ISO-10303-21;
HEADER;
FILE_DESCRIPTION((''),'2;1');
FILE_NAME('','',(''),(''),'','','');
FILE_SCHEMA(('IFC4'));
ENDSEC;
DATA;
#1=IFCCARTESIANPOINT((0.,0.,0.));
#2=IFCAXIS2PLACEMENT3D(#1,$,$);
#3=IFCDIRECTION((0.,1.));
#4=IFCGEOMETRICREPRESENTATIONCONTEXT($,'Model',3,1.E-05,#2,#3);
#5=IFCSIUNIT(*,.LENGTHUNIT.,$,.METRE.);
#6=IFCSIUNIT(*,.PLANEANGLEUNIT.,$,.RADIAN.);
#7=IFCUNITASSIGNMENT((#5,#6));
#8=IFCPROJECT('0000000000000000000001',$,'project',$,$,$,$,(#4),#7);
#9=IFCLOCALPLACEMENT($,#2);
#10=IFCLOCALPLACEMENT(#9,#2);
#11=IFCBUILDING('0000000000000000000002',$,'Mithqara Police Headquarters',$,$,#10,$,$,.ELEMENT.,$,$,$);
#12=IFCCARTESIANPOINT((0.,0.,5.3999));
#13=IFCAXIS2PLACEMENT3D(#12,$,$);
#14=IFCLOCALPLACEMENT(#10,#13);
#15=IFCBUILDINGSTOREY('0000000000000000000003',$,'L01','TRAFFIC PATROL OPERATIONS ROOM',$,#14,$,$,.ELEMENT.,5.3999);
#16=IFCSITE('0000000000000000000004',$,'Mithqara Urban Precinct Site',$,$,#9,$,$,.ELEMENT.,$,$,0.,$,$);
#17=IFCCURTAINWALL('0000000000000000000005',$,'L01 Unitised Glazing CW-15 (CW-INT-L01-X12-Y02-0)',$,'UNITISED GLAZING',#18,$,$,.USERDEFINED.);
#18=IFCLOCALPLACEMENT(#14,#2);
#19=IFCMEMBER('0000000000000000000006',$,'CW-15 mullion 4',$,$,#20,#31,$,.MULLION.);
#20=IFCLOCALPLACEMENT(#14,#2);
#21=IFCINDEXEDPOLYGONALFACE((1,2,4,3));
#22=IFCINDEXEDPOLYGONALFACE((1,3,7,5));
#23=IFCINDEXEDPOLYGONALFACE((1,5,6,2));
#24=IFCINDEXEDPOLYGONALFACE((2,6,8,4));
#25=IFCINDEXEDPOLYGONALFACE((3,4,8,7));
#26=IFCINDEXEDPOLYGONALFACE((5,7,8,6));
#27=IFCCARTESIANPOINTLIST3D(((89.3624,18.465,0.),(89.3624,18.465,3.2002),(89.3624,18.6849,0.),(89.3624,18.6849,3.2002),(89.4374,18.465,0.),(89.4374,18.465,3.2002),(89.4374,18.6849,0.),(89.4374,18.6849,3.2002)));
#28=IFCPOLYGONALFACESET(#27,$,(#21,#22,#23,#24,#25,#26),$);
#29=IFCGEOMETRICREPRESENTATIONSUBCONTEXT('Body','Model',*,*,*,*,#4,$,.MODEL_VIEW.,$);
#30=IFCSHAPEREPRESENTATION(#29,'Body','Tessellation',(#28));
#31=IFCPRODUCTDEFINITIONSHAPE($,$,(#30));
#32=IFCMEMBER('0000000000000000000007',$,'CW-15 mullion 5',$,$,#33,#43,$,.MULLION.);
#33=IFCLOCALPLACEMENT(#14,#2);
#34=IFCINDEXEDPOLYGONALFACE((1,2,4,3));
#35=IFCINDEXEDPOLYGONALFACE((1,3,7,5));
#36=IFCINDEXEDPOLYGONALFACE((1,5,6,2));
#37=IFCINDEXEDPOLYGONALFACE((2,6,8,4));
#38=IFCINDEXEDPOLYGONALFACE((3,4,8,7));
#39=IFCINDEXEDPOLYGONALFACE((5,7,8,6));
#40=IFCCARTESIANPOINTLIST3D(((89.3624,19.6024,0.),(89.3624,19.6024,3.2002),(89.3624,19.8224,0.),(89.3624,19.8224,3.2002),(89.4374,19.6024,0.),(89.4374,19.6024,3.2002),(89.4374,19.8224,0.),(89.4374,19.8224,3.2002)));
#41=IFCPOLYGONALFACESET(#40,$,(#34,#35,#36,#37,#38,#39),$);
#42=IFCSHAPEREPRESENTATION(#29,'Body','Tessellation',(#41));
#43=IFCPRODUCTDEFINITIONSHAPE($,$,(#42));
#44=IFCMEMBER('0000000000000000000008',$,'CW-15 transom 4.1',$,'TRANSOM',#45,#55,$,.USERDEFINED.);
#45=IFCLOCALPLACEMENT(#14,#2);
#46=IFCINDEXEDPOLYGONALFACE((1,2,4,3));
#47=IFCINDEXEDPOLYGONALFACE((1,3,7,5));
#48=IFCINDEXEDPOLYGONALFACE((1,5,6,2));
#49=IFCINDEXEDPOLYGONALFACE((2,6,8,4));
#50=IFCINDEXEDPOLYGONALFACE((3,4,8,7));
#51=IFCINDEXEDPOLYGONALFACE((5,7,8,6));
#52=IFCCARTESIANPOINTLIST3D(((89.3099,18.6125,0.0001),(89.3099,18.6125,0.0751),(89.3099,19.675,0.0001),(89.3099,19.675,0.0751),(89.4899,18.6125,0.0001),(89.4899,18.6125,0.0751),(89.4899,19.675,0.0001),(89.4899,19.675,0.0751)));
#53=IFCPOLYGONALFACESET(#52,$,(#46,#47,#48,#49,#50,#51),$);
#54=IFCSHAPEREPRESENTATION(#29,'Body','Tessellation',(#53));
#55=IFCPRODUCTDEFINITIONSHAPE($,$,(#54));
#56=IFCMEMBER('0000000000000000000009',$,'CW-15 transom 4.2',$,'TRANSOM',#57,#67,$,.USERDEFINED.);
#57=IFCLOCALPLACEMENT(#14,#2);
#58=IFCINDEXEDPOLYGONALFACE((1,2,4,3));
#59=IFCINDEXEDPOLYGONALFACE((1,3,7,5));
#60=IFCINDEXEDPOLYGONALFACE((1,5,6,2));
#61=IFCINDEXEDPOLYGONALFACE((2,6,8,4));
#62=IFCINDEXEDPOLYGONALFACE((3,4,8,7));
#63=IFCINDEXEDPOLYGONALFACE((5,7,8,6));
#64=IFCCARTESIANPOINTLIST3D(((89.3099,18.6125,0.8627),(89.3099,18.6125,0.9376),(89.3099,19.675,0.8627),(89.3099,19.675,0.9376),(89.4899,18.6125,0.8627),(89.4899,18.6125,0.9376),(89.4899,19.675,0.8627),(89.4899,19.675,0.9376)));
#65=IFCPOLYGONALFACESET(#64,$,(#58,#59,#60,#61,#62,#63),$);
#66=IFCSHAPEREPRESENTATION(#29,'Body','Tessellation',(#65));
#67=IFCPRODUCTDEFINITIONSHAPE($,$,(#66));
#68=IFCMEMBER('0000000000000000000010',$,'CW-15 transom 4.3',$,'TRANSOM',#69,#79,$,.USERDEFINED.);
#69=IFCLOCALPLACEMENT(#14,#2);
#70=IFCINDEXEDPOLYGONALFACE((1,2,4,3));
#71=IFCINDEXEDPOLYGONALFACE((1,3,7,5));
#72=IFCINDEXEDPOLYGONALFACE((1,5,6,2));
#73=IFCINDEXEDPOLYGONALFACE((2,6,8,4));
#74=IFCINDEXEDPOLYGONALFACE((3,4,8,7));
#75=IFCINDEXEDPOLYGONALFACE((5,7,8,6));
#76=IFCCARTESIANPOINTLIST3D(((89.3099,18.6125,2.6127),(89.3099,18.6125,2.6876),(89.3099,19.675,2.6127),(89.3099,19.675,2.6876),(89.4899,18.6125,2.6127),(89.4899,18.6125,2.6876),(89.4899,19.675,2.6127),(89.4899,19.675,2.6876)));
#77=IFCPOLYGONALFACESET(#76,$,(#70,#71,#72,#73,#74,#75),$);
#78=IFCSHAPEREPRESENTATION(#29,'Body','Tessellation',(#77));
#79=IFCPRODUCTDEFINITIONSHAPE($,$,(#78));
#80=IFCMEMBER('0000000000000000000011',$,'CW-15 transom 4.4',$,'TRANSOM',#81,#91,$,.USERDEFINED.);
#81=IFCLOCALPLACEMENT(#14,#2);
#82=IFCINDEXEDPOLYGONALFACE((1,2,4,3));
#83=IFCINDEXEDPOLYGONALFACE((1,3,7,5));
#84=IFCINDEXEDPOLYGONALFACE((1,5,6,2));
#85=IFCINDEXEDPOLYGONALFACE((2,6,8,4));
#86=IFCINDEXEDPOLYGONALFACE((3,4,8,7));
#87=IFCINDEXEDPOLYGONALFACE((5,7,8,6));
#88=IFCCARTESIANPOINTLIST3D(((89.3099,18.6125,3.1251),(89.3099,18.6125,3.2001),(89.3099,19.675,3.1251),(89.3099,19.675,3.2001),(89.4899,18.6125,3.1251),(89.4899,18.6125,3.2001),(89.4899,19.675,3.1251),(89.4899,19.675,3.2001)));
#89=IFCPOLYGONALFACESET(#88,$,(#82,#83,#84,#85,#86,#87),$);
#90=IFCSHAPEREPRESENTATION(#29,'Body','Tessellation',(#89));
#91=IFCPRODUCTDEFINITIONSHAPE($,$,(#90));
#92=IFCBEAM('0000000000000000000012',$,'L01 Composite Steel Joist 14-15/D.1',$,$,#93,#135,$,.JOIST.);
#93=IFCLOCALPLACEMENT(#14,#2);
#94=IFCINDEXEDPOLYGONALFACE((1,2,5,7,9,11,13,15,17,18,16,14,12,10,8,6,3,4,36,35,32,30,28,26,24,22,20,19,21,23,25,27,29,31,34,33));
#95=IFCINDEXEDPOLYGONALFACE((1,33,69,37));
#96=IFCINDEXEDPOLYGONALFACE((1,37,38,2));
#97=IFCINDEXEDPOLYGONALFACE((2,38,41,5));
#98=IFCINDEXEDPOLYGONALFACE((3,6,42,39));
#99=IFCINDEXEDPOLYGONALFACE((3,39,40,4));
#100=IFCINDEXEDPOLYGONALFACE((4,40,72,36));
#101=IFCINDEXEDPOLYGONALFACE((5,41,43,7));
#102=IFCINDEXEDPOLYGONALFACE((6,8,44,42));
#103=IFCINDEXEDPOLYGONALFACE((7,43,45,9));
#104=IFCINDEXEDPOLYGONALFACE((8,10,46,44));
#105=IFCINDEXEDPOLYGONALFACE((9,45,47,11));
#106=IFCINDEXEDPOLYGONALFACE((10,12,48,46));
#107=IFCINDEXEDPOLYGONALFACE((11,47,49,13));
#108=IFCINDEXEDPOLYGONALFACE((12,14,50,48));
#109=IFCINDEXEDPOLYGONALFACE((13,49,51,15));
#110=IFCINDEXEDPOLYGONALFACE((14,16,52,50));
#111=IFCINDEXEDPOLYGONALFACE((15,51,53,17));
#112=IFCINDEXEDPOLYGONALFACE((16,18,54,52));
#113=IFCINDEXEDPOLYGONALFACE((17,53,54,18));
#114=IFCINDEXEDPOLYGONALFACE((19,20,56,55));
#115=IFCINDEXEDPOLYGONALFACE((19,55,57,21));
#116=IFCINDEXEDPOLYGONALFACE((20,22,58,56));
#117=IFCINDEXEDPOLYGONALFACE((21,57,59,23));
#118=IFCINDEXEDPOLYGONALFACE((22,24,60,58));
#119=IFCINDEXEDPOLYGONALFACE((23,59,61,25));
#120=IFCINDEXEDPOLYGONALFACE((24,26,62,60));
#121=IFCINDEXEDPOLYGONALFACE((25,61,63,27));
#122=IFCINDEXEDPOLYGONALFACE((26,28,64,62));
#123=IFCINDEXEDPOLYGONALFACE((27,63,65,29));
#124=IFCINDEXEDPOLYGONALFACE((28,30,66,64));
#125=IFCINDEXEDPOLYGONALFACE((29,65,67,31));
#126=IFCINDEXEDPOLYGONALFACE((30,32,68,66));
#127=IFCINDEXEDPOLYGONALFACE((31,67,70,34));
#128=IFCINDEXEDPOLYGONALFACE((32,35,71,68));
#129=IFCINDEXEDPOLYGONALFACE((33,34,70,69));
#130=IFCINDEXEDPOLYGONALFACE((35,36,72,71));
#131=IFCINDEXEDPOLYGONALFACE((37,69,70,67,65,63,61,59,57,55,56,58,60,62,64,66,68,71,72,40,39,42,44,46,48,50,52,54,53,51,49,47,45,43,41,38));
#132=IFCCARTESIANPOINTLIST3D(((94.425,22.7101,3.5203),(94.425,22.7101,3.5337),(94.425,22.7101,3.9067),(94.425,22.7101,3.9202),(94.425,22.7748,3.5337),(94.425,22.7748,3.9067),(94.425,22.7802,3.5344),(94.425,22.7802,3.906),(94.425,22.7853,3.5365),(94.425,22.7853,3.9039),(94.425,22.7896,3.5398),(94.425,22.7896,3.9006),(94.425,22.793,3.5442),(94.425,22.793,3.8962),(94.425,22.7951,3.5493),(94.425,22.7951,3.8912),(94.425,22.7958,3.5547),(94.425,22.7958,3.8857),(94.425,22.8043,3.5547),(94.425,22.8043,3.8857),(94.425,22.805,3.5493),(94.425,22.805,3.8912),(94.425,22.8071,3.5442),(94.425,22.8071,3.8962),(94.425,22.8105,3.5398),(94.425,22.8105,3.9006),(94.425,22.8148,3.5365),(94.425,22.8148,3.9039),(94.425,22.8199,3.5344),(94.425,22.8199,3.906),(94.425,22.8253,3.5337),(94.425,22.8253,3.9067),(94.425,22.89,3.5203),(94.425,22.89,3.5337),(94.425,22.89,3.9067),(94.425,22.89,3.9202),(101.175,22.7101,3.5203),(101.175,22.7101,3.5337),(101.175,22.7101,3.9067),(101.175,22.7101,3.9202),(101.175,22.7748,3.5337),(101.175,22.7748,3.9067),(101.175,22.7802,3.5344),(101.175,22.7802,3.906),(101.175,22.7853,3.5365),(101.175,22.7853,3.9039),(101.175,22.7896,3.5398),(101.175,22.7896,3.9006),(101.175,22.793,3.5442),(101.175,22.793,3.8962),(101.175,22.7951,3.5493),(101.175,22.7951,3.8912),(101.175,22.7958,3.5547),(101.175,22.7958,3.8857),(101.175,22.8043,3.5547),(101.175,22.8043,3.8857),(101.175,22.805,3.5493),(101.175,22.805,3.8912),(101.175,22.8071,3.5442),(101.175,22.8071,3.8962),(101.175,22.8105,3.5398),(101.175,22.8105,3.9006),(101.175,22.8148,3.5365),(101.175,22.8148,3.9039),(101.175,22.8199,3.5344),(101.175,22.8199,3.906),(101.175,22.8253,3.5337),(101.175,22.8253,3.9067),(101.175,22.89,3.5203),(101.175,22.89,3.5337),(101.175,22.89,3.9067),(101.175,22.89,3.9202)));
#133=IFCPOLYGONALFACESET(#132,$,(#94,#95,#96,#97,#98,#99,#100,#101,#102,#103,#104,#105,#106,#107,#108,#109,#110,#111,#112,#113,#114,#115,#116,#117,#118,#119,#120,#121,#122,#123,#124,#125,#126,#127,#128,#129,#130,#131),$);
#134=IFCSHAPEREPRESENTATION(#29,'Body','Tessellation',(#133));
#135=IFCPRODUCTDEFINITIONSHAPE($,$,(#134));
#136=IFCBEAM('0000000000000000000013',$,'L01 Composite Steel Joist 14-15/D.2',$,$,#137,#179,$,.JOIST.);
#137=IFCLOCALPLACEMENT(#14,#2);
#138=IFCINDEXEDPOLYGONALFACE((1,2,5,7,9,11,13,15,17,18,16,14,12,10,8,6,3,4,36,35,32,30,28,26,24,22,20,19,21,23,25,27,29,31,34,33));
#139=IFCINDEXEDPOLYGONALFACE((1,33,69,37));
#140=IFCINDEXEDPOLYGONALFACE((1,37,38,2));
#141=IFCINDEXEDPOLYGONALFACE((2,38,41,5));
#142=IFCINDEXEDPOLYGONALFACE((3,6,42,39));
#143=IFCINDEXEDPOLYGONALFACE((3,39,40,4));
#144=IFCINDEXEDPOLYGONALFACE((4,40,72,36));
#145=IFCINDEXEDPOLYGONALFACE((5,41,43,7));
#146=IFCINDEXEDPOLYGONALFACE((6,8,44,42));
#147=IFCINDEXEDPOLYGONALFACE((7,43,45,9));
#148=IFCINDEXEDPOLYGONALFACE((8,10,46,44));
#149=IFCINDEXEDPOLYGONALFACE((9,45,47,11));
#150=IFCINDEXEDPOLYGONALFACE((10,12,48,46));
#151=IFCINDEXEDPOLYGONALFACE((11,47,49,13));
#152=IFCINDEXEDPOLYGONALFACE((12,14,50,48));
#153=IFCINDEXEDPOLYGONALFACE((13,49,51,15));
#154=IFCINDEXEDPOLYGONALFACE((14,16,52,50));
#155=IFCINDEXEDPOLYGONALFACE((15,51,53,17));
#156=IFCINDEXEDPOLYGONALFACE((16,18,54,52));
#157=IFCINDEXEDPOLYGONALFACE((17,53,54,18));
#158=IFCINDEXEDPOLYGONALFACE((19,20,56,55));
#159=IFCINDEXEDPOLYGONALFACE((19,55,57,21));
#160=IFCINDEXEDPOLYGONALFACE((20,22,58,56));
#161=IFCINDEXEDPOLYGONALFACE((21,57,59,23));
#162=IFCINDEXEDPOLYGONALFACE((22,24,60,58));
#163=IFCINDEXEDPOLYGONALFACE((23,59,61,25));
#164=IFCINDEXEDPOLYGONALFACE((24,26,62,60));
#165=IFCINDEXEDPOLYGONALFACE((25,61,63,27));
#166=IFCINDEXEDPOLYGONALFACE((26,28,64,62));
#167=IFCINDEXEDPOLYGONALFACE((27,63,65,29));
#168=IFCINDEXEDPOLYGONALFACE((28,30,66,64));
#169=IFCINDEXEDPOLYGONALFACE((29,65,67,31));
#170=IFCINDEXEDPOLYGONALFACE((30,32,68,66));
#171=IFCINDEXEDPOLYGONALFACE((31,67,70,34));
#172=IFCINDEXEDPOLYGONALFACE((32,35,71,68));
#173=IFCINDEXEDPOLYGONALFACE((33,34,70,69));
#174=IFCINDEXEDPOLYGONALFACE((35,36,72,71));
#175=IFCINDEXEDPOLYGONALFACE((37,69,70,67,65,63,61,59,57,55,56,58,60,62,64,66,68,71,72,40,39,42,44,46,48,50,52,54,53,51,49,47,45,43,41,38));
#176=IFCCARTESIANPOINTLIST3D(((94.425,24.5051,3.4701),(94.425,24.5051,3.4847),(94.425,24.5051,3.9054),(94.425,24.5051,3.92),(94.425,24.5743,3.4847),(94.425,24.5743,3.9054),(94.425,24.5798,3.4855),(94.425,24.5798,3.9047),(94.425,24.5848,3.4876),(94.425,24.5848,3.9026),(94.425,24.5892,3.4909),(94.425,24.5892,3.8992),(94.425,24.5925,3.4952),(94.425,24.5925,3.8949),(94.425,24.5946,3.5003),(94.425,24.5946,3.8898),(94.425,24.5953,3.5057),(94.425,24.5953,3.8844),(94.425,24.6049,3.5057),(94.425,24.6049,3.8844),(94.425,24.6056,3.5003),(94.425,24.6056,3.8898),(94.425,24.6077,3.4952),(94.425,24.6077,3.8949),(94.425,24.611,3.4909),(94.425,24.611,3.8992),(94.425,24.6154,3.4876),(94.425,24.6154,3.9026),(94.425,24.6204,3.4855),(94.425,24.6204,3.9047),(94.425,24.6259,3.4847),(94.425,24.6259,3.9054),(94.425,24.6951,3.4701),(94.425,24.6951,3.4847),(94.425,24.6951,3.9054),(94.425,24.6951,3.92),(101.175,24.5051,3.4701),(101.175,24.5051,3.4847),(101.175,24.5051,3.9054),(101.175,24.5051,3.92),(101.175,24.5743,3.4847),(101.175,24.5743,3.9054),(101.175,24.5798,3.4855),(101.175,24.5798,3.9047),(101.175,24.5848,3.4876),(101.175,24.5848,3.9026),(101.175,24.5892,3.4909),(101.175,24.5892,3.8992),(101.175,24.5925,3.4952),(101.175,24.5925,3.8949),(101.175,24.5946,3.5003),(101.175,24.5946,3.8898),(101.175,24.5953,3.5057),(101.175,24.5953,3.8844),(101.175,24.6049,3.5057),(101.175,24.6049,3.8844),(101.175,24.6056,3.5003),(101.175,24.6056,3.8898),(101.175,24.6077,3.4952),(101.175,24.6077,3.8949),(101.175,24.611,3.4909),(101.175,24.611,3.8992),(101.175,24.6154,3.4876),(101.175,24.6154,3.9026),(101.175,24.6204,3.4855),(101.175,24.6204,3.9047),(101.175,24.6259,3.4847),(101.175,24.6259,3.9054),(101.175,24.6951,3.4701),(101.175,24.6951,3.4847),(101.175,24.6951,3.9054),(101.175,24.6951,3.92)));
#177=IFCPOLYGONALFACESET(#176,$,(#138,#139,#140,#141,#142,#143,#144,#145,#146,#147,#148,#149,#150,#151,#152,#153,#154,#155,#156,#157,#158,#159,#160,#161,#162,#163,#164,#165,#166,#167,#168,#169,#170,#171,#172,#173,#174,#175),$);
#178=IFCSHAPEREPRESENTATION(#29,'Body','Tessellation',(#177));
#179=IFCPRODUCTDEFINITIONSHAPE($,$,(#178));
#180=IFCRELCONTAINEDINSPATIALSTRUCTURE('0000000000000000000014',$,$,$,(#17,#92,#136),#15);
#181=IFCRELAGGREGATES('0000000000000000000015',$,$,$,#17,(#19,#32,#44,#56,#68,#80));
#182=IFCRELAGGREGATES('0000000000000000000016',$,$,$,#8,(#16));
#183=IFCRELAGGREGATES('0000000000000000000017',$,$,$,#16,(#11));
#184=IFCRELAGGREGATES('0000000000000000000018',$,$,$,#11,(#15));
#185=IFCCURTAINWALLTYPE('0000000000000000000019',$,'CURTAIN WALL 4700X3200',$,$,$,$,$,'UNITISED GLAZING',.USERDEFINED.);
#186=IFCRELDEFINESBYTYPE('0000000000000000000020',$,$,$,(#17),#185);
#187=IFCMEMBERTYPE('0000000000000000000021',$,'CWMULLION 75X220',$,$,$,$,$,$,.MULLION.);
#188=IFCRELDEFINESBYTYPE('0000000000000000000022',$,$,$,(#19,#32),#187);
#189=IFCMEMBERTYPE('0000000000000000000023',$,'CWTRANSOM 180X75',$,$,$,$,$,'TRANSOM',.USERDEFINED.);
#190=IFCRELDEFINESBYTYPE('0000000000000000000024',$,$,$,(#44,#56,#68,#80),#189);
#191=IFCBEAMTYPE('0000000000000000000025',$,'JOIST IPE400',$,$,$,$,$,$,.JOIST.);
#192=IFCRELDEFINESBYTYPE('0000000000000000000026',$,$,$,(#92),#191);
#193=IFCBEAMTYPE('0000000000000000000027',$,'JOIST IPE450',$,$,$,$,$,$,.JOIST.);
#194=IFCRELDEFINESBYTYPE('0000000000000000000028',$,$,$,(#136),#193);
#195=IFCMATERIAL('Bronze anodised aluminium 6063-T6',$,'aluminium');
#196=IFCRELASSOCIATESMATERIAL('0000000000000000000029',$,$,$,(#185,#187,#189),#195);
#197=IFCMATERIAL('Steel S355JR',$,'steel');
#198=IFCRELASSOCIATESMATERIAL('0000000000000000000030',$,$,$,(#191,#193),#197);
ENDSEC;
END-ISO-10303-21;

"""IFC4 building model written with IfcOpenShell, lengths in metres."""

from ifc_helpers import new_model, si_unit, direction, frame, origin, origin_2d, place, context, subcontext, project, spatial, rectangle, i_section, extrude, material, material_profile, profile_set, type_object, element, aggregate, save


model = new_model("IFC4")

# Units and contexts
model_context = context("Model", 3, precision=1e-05, world=origin(), true_north=direction((0.0, 1.0)))
body_context = subcontext(model_context, "Body", "Model", "MODEL_VIEW")
ifc_project = project(units=[si_unit("LENGTHUNIT", "METRE"), si_unit("PLANEANGLEUNIT", "RADIAN")], contexts=[model_context])

# Site, building, storey
site_placement = place(None, origin())
site = spatial("IfcSite", under=ifc_project, at=site_placement, Name="Mithqara Urban Precinct Site", CompositionType="ELEMENT", RefElevation=0.0)
building_placement = place(site_placement, origin())
building = spatial("IfcBuilding", under=site, at=building_placement, Name="Mithqara Police Headquarters", CompositionType="ELEMENT")
storey_placement = place(building_placement, frame((0.0, 0.0, 5.3999)))
storey = spatial("IfcBuildingStorey", under=building, at=storey_placement, Name="L01", Description="TRAFFIC PATROL OPERATIONS ROOM", CompositionType="ELEMENT", Elevation=5.3999)

# Shared definitions
ifc_material_1 = material(Name="Steel S355JR", Category="steel")

# Curtain wall, members
ifc_material_2 = material(Name="Bronze anodised aluminium 6063-T6", Category="aluminium")
curtain_wall_type = type_object("IfcCurtainWallType", Name="CURTAIN WALL 4700X3200", ElementType="UNITISED GLAZING", PredefinedType="USERDEFINED", material=ifc_material_2)
curtain_wall_placement = place(storey_placement, origin())
curtain_wall = element("IfcCurtainWall", 1, at=curtain_wall_placement, inside=storey, type_object=curtain_wall_type, Name="L01 Unitised Glazing CW-15 (CW-INT-L01-X12-Y02-0)", ObjectType="UNITISED GLAZING", PredefinedType="USERDEFINED")
ifc_material_profile_1 = material_profile(ifc_material_2, rectangle(XDim=0.075, YDim=0.22, at=origin_2d()), Name="CWM 75x220")
ifc_profile_set_1 = profile_set([ifc_material_profile_1], Name="Bronze anodised aluminium 6063-T6")
member_type_1 = type_object("IfcMemberType", Name="CWMULLION 75X220", PredefinedType="MULLION", material=ifc_profile_set_1)
member_1_placement = place(storey_placement, frame((89.3999, 18.575, 0.0), z_axis=(0.0, 0.0, 1.0), x_axis=(-1.0, 0.0, 0.0)))
member_1 = element("IfcMember", 2, at=member_1_placement, type_object=member_type_1, Name="CW-15 mullion 4", PredefinedType="MULLION", context=body_context, shape_type="SweptSolid", body=[
    extrude(rectangle(XDim=0.075, YDim=0.22, at=origin_2d()), origin(), (0.0, 0.0, 1.0), 3.2002),
])
member_2_placement = place(storey_placement, frame((89.3999, 19.7124, 0.0), z_axis=(0.0, 0.0, 1.0), x_axis=(-1.0, 0.0, 0.0)))
member_2 = element("IfcMember", 3, at=member_2_placement, type_object=member_type_1, Name="CW-15 mullion 5", PredefinedType="MULLION", context=body_context, shape_type="SweptSolid", body=[
    extrude(rectangle(XDim=0.075, YDim=0.22, at=origin_2d()), origin(), (0.0, 0.0, 1.0), 3.2002),
])
ifc_material_profile_2 = material_profile(ifc_material_2, rectangle(XDim=0.1799, YDim=0.075, at=origin_2d()), Name="CWT 180x75")
ifc_profile_set_2 = profile_set([ifc_material_profile_2], Name="Bronze anodised aluminium 6063-T6")
member_type_2 = type_object("IfcMemberType", Name="CWTRANSOM 180X75", ElementType="TRANSOM", PredefinedType="USERDEFINED", material=ifc_profile_set_2)
member_3_placement = place(storey_placement, frame((89.3999, 18.6125, 0.0376), z_axis=(0.0, 1.0, 0.0), x_axis=(-1.0, 0.0, 0.0)))
member_3 = element("IfcMember", 4, at=member_3_placement, type_object=member_type_2, Name="CW-15 transom 4.1", ObjectType="TRANSOM", PredefinedType="USERDEFINED", context=body_context, shape_type="SweptSolid", body=[
    extrude(rectangle(XDim=0.1799, YDim=0.075, at=origin_2d()), origin(), (0.0, 0.0, 1.0), 1.0625),
])
member_4_placement = place(storey_placement, frame((89.3999, 18.6125, 0.9001), z_axis=(0.0, 1.0, 0.0), x_axis=(-1.0, 0.0, 0.0)))
member_4 = element("IfcMember", 5, at=member_4_placement, type_object=member_type_2, Name="CW-15 transom 4.2", ObjectType="TRANSOM", PredefinedType="USERDEFINED", context=body_context, shape_type="SweptSolid", body=[
    extrude(rectangle(XDim=0.1799, YDim=0.075, at=origin_2d()), origin(), (0.0, 0.0, 1.0), 1.0625),
])
member_5_placement = place(storey_placement, frame((89.3999, 18.6125, 2.6501), z_axis=(0.0, 1.0, 0.0), x_axis=(-1.0, 0.0, 0.0)))
member_5 = element("IfcMember", 6, at=member_5_placement, type_object=member_type_2, Name="CW-15 transom 4.3", ObjectType="TRANSOM", PredefinedType="USERDEFINED", context=body_context, shape_type="SweptSolid", body=[
    extrude(rectangle(XDim=0.1799, YDim=0.075, at=origin_2d()), origin(), (0.0, 0.0, 1.0), 1.0625),
])
member_6_placement = place(storey_placement, frame((89.3999, 18.6125, 3.1626), z_axis=(0.0, 1.0, 0.0), x_axis=(-1.0, 0.0, 0.0)))
member_6 = element("IfcMember", 7, at=member_6_placement, type_object=member_type_2, Name="CW-15 transom 4.4", ObjectType="TRANSOM", PredefinedType="USERDEFINED", context=body_context, shape_type="SweptSolid", body=[
    extrude(rectangle(XDim=0.1799, YDim=0.075, at=origin_2d()), origin(), (0.0, 0.0, 1.0), 1.0625),
])

# Beams
ifc_material_profile_3 = material_profile(ifc_material_1, i_section(OverallWidth=0.1799, OverallDepth=0.3999, WebThickness=0.0085, FlangeThickness=0.0134, FilletRadius=0.021, at=origin_2d()), Name="IPE 400")
ifc_profile_set_3 = profile_set([ifc_material_profile_3], Name="Steel S355JR")
beam_type_1 = type_object("IfcBeamType", Name="JOIST IPE400", PredefinedType="JOIST", material=ifc_profile_set_3)
beam_1_placement = place(storey_placement, frame((94.425, 22.8, 3.7202), z_axis=(1.0, 0.0, 0.0), x_axis=(0.0, 1.0, 0.0)))
element("IfcBeam", 8, at=beam_1_placement, inside=storey, type_object=beam_type_1, Name="L01 Composite Steel Joist 14-15/D.1", PredefinedType="JOIST", context=body_context, shape_type="SweptSolid", body=[
    extrude(i_section(OverallWidth=0.1799, OverallDepth=0.3999, WebThickness=0.0085, FlangeThickness=0.0134, FilletRadius=0.021, at=origin_2d()), origin(), (0.0, 0.0, 1.0), 6.75),
])
ifc_material_profile_4 = material_profile(ifc_material_1, i_section(OverallWidth=0.1899, OverallDepth=0.45, WebThickness=0.0095, FlangeThickness=0.0146, FilletRadius=0.021, at=origin_2d()), Name="IPE 450")
ifc_profile_set_4 = profile_set([ifc_material_profile_4], Name="Steel S355JR")
beam_type_2 = type_object("IfcBeamType", Name="JOIST IPE450", PredefinedType="JOIST", material=ifc_profile_set_4)
beam_2_placement = place(storey_placement, frame((94.425, 24.6001, 3.6951), z_axis=(1.0, 0.0, 0.0), x_axis=(0.0, 1.0, 0.0)))
element("IfcBeam", 9, at=beam_2_placement, inside=storey, type_object=beam_type_2, Name="L01 Composite Steel Joist 14-15/D.2", PredefinedType="JOIST", context=body_context, shape_type="SweptSolid", body=[
    extrude(i_section(OverallWidth=0.1899, OverallDepth=0.45, WebThickness=0.0095, FlangeThickness=0.0146, FilletRadius=0.021, at=origin_2d()), origin(), (0.0, 0.0, 1.0), 6.75),
])

aggregate(curtain_wall, [member_1, member_2, member_3, member_4, member_5, member_6])

save(model, "model.ifc")
